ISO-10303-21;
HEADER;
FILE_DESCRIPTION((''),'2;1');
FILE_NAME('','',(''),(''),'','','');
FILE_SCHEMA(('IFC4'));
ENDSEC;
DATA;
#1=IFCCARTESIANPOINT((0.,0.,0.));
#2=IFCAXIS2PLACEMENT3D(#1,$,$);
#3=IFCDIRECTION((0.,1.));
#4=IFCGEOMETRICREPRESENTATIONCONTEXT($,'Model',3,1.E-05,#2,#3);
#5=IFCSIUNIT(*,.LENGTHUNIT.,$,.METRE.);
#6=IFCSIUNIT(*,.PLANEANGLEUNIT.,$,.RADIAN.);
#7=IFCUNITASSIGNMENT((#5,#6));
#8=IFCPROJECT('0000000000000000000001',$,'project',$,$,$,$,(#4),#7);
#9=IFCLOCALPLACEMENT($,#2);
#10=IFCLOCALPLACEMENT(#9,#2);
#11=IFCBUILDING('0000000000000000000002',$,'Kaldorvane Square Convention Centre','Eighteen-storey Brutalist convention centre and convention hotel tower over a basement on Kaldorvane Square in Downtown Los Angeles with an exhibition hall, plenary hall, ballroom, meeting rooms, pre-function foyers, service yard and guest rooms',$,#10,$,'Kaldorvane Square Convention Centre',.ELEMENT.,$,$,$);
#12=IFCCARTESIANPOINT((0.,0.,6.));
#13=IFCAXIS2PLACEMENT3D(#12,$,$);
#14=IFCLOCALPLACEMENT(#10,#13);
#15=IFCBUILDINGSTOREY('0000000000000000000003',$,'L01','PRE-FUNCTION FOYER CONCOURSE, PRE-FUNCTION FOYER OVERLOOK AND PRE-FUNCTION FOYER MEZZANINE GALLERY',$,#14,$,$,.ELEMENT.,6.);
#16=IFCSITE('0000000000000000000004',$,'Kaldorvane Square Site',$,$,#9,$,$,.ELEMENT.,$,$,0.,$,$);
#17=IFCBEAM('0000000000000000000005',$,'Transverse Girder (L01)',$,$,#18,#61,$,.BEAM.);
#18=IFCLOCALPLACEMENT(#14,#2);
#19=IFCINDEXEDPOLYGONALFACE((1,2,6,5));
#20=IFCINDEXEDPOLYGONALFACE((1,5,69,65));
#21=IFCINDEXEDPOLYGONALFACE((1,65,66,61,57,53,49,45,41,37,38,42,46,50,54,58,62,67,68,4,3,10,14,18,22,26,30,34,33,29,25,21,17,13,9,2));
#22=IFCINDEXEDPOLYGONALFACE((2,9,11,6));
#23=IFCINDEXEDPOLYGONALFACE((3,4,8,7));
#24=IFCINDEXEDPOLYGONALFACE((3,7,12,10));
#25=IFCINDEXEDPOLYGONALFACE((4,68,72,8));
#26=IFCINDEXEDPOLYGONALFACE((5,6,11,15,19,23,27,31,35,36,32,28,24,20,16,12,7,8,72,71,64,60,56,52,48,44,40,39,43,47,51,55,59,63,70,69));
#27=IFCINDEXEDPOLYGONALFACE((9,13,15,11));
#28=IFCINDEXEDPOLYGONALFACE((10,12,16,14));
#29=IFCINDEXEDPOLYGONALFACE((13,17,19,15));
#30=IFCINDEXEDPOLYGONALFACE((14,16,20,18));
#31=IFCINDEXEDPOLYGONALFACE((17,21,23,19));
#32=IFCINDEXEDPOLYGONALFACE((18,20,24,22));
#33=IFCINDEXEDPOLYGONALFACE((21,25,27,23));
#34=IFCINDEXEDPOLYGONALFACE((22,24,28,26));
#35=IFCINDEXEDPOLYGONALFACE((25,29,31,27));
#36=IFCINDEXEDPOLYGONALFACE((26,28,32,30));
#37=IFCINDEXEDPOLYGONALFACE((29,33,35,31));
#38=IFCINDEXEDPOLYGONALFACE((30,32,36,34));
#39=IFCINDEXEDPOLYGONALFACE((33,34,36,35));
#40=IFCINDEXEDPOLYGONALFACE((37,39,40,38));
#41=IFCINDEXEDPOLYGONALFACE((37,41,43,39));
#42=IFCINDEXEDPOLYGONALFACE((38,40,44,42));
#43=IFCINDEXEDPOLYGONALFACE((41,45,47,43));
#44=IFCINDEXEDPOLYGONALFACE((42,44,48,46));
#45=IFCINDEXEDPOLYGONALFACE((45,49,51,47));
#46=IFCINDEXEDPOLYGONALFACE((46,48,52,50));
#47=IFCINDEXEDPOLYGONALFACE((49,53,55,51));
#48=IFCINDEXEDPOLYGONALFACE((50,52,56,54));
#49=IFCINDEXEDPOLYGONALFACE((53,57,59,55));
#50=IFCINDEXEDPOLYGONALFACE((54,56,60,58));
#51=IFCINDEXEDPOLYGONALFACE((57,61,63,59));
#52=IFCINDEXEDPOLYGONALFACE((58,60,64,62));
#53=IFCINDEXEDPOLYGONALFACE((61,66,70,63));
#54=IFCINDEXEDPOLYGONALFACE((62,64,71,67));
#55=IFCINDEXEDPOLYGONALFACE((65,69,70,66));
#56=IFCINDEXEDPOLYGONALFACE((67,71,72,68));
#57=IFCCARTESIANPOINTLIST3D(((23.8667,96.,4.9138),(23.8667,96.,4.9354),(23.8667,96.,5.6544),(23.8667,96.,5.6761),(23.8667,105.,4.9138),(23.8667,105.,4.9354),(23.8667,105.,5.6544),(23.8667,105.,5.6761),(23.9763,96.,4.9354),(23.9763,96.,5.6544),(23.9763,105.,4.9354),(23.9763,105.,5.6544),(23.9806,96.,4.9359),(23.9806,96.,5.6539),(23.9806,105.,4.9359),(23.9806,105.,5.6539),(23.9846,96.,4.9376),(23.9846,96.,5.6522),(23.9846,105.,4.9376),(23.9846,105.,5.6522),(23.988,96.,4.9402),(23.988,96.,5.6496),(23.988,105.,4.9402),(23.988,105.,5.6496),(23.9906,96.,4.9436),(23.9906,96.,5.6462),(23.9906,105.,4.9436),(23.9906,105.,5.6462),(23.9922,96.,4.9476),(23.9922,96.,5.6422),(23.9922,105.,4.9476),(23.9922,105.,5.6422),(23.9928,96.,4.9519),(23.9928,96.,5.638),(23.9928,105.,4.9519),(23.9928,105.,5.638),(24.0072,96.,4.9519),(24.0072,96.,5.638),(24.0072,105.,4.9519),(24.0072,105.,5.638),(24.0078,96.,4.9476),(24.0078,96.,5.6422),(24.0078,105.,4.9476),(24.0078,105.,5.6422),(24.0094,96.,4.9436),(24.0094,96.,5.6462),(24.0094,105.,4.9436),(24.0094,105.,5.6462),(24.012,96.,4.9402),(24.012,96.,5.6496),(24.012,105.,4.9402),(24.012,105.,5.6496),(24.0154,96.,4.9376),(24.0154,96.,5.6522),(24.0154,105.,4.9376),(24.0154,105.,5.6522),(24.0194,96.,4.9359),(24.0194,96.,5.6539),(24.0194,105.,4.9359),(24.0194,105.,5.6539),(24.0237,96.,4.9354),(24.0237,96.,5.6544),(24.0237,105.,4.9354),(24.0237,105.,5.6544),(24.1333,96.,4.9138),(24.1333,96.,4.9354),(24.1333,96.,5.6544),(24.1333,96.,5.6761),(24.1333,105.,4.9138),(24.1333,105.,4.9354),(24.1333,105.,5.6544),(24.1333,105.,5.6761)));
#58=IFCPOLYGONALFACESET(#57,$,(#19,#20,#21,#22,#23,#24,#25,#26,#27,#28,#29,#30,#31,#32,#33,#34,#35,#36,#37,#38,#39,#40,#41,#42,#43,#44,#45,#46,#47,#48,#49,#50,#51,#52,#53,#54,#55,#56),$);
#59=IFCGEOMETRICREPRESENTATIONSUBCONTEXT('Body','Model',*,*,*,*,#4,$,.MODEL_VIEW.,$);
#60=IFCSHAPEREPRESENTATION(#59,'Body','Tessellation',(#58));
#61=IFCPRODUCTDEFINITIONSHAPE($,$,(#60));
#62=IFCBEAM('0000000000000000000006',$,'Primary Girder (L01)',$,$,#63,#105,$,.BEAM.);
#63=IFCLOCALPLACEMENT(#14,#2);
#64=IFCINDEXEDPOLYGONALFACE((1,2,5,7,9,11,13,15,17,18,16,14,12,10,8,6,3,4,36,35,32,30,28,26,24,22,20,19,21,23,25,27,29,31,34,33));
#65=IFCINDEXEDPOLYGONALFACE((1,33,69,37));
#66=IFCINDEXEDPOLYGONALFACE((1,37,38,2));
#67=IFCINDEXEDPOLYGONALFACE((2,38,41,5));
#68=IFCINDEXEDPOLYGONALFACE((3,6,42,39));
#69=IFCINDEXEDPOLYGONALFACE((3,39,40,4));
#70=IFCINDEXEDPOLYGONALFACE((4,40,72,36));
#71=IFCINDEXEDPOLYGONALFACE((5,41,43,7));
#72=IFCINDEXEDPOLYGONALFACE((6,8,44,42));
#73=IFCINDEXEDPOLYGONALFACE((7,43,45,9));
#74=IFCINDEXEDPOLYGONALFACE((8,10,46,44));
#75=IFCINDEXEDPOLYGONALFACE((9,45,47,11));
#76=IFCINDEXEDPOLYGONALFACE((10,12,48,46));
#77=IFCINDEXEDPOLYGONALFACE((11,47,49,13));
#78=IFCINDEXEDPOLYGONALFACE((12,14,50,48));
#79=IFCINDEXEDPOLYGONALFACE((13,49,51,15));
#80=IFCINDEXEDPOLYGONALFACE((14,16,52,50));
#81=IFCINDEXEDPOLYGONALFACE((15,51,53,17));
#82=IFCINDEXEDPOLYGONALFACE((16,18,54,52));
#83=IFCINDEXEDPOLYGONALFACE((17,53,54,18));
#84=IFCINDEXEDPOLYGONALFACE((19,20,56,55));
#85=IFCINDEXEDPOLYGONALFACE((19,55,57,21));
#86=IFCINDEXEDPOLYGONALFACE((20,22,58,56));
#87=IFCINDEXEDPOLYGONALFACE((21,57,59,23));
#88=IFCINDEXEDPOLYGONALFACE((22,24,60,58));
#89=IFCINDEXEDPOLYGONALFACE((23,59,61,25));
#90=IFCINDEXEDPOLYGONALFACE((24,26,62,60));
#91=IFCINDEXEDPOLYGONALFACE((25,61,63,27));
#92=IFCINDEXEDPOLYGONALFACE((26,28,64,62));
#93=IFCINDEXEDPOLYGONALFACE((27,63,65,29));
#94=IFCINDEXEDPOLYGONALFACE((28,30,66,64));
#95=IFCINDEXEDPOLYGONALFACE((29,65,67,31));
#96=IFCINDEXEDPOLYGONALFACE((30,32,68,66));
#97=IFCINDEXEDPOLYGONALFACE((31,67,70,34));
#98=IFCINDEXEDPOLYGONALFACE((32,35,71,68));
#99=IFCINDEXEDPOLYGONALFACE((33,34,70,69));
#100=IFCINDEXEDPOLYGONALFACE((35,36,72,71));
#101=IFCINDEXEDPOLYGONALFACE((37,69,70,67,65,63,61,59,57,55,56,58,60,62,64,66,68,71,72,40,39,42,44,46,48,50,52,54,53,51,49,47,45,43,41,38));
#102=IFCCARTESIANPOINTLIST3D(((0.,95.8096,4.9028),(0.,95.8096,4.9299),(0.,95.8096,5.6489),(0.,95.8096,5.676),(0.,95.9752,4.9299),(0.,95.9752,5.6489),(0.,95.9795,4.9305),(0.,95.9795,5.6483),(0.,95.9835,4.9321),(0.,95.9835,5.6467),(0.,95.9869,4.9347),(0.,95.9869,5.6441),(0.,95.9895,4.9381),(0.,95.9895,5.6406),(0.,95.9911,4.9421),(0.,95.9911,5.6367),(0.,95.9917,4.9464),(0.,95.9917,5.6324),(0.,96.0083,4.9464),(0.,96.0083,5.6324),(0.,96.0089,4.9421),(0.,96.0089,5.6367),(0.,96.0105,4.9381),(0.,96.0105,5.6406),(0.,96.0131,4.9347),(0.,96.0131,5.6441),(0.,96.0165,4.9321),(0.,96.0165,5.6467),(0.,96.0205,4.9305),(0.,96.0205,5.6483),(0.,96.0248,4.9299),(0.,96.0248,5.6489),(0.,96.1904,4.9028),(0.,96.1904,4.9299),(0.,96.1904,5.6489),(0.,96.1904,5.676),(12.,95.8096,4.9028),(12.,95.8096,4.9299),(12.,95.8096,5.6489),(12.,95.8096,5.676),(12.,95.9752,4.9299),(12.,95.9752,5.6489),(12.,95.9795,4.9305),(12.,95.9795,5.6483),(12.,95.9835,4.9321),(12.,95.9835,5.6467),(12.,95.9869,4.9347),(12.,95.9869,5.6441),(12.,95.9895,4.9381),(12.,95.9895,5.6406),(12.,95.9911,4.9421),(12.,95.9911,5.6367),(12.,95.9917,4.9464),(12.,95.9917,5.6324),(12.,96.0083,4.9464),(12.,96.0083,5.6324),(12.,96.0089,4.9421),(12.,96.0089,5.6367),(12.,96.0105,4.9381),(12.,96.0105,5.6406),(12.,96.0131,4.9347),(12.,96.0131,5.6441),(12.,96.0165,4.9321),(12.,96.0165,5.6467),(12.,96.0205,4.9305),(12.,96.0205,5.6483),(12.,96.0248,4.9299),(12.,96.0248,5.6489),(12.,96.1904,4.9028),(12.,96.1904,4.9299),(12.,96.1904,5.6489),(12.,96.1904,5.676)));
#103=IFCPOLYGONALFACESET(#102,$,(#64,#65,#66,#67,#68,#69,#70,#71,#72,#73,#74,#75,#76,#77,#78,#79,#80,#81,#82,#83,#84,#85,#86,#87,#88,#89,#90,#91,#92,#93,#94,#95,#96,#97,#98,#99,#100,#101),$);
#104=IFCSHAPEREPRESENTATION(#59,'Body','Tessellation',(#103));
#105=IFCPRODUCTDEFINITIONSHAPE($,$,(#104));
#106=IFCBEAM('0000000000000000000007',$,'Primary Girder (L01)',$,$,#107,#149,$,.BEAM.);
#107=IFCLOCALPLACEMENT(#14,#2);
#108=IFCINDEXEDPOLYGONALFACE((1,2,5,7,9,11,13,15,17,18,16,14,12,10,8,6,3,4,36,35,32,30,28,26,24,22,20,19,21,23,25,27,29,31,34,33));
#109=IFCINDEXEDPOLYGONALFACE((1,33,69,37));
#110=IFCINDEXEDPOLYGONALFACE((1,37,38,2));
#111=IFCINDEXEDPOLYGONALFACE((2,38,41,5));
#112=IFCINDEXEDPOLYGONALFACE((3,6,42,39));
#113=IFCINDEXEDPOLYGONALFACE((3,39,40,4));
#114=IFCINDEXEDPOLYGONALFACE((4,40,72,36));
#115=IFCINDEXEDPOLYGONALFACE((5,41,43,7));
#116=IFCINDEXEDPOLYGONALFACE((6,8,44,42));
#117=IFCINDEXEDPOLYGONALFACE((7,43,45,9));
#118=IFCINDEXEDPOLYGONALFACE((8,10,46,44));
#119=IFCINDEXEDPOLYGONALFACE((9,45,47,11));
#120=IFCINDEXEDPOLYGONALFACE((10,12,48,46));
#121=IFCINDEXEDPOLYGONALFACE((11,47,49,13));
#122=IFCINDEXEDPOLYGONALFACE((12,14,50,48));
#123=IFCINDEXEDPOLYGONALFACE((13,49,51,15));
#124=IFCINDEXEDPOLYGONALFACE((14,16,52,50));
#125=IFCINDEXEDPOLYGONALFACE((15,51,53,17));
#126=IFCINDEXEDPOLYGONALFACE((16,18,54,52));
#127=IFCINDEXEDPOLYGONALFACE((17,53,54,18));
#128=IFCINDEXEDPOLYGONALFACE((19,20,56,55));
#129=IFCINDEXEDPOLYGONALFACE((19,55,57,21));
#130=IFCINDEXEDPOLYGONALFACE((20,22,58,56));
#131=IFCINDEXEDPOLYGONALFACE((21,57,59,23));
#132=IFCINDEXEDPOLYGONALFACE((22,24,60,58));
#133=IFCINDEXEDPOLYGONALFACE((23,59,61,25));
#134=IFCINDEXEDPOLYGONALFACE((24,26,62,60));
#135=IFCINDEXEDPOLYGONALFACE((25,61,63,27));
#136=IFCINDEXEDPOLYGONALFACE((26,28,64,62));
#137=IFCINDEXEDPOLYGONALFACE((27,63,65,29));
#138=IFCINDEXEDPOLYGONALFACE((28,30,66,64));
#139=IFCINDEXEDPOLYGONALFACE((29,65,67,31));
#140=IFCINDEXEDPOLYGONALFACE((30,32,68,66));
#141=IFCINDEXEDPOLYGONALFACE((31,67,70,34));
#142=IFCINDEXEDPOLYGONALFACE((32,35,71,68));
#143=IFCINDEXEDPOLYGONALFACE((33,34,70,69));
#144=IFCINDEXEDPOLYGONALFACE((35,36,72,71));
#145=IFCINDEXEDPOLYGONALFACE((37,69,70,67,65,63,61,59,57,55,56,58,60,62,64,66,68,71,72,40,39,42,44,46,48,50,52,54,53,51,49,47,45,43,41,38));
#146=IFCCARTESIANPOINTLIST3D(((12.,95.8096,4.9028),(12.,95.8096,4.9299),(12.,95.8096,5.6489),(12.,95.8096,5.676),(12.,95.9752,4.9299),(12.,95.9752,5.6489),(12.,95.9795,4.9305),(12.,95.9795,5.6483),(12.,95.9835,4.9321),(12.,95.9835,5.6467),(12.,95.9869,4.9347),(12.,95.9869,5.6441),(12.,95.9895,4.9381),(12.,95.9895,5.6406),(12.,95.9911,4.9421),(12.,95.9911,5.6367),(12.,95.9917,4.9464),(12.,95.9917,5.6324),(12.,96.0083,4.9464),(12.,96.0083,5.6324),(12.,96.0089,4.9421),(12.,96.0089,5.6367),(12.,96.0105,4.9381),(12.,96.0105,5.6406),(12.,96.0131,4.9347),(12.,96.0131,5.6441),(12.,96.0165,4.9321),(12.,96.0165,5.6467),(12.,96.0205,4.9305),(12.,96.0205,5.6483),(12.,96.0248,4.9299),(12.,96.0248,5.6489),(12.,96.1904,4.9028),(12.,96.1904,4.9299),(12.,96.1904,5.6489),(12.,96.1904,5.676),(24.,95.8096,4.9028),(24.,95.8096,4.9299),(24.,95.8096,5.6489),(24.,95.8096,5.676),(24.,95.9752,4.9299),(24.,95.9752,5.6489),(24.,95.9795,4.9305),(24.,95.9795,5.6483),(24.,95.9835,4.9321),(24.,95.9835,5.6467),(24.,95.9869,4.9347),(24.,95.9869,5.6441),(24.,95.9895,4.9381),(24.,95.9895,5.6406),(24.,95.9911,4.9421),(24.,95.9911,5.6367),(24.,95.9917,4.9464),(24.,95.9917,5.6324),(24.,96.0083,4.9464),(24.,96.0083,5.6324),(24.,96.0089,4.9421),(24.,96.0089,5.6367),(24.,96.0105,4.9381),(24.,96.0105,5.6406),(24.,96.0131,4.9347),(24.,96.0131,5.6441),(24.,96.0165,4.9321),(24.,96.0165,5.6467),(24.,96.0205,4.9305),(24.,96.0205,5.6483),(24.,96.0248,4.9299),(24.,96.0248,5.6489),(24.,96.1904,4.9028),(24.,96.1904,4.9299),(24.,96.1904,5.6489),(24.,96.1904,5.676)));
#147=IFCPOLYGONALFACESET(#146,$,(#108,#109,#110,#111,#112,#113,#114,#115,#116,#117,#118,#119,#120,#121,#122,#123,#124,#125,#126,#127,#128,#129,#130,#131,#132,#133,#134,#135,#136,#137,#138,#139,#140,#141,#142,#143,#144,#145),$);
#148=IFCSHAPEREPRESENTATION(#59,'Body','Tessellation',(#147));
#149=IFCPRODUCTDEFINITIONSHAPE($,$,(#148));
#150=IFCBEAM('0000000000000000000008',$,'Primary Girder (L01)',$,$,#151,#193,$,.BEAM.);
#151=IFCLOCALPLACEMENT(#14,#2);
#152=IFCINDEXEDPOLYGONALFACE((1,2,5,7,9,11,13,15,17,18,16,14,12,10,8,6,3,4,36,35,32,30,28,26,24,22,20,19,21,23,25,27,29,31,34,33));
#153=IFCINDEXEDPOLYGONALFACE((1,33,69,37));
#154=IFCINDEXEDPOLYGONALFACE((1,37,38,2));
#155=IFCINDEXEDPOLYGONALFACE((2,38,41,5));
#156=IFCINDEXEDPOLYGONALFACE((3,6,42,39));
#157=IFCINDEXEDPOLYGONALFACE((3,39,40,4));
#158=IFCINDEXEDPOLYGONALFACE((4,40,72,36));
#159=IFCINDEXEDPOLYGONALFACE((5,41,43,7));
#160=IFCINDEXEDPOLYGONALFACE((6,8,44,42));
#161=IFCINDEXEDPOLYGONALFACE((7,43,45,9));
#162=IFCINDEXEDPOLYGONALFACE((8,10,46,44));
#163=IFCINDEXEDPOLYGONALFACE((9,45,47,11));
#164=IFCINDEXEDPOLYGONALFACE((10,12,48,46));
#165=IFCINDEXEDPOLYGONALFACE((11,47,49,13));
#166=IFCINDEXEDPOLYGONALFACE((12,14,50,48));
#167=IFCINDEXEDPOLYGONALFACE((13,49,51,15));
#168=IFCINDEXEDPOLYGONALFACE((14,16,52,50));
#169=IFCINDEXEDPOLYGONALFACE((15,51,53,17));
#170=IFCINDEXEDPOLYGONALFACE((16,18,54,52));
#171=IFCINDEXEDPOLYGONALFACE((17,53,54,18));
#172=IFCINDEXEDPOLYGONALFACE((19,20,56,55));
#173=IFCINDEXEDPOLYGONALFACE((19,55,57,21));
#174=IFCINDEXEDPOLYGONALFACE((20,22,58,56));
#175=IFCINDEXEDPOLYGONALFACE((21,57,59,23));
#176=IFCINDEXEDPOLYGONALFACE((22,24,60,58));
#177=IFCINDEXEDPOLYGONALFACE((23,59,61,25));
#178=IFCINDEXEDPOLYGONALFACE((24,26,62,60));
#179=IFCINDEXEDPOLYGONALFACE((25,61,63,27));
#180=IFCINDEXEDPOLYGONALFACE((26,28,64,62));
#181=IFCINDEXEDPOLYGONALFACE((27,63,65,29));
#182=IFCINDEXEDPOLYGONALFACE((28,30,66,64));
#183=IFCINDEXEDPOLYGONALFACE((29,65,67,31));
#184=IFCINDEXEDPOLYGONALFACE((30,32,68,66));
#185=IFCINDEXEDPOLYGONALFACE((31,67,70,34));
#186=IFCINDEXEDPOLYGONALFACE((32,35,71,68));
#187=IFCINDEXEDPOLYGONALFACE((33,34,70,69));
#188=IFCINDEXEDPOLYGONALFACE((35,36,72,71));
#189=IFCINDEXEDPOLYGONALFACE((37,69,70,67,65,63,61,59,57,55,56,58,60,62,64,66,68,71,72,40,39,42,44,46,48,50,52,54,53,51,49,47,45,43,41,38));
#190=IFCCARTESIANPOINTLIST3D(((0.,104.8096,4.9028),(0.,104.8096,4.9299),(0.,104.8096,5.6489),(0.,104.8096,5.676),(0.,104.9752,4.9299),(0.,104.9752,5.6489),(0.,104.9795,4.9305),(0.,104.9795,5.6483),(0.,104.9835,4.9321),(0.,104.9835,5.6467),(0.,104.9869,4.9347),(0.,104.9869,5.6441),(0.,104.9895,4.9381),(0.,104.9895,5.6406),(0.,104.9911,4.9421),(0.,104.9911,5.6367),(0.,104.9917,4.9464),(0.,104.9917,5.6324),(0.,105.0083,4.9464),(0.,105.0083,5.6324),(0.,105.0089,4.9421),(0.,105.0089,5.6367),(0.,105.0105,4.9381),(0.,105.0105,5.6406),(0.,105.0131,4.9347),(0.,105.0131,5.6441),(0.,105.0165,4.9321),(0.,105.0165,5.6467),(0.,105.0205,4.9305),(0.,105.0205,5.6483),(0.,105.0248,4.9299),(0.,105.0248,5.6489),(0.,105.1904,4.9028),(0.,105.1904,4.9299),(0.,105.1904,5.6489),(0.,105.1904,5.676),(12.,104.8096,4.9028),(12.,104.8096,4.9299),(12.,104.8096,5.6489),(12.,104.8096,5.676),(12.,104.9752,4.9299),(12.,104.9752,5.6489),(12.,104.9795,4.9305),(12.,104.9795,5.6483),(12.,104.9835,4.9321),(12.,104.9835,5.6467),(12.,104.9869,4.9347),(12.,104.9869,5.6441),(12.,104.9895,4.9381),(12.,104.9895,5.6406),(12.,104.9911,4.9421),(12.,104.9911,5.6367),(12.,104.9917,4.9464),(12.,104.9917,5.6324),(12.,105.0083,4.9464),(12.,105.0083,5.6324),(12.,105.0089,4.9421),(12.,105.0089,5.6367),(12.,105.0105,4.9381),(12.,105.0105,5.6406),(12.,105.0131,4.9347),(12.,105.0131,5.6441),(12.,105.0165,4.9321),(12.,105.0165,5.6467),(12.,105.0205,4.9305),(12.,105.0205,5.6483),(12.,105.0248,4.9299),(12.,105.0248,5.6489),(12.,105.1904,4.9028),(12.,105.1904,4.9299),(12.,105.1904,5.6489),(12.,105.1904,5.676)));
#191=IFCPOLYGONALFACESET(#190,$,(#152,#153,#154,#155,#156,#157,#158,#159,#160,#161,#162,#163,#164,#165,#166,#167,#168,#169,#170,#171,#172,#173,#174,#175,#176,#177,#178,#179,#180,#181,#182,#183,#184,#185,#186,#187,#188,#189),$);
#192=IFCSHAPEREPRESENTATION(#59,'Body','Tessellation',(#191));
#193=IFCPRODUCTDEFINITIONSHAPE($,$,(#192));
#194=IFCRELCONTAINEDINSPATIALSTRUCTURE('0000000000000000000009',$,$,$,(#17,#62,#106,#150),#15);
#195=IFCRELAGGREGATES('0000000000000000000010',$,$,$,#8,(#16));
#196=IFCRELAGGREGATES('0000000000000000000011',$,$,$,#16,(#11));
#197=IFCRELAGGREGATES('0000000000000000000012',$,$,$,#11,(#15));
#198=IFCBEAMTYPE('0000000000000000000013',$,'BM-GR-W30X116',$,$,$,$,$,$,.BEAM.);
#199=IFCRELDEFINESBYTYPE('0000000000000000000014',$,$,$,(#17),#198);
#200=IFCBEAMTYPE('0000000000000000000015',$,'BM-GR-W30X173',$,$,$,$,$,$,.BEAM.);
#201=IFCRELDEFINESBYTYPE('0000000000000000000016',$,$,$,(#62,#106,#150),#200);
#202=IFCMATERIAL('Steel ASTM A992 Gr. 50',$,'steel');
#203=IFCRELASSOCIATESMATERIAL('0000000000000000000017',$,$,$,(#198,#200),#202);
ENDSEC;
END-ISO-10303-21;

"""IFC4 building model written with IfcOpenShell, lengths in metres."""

from ifc_helpers import new_model, si_unit, direction, frame, origin, origin_2d, place, context, subcontext, project, spatial, i_section, extrude, material, material_profile, profile_set, type_object, element, save


model = new_model("IFC4")

# Units and contexts
model_context = context("Model", 3, precision=1e-05, world=origin(), true_north=direction((0.0, 1.0)))
body_context = subcontext(model_context, "Body", "Model", "MODEL_VIEW")
ifc_project = project(units=[si_unit("LENGTHUNIT", "METRE"), si_unit("PLANEANGLEUNIT", "RADIAN")], contexts=[model_context])

# Site, building, storey
site_placement = place(None, origin())
site = spatial("IfcSite", under=ifc_project, at=site_placement, Name="Kaldorvane Square Site", CompositionType="ELEMENT", RefElevation=0.0)
building_placement = place(site_placement, origin())
building = spatial("IfcBuilding", under=site, at=building_placement, Name="Kaldorvane Square Convention Centre", Description="Eighteen-storey Brutalist convention centre and convention hotel tower over a basement on Kaldorvane Square in Downtown Los Angeles with an exhibition hall, plenary hall, ballroom, meeting rooms, pre-function foyers, service yard and guest rooms", LongName="Kaldorvane Square Convention Centre", CompositionType="ELEMENT")
storey_placement = place(building_placement, frame((0.0, 0.0, 6.0)))
storey = spatial("IfcBuildingStorey", under=building, at=storey_placement, Name="L01", Description="PRE-FUNCTION FOYER CONCOURSE, PRE-FUNCTION FOYER OVERLOOK AND PRE-FUNCTION FOYER MEZZANINE GALLERY", CompositionType="ELEMENT", Elevation=6.0)

# Shared definitions
ifc_material_1 = material(Name="Steel ASTM A992 Gr. 50", Category="steel")

# Beams
ifc_material_profile_1 = material_profile(ifc_material_1, i_section(OverallWidth=0.2666, OverallDepth=0.7623, WebThickness=0.0144, FlangeThickness=0.0216, FilletRadius=0.0165, at=origin_2d()), Name="W30X116")
ifc_profile_set_1 = profile_set([ifc_material_profile_1], Name="Steel ASTM A992 Gr. 50")
beam_type_1 = type_object("IfcBeamType", Name="BM-GR-W30X116", PredefinedType="BEAM", material=ifc_profile_set_1)
for number, where, z_axis, x_axis, name in (
    (1, (24.0, 96.0, 5.2949), (0.0, 1.0, 0.0), (-1.0, 0.0, 0.0), "Transverse Girder (L01)"),
):
    element("IfcBeam", number, at=place(storey_placement, frame(where, z_axis=z_axis, x_axis=x_axis)), inside=storey, type_object=beam_type_1, Name=name, PredefinedType="BEAM", context=body_context, shape_type="SweptSolid", body=[
        extrude(i_section(OverallWidth=0.2666, OverallDepth=0.7623, WebThickness=0.0144, FlangeThickness=0.0216, FilletRadius=0.0165, at=origin_2d()), origin(), (0.0, 0.0, 1.0), 9.0),
    ])
ifc_material_profile_2 = material_profile(ifc_material_1, i_section(OverallWidth=0.3807, OverallDepth=0.7732, WebThickness=0.0166, FlangeThickness=0.0271, FilletRadius=0.0165, at=origin_2d()), Name="W30X173")
ifc_profile_set_2 = profile_set([ifc_material_profile_2], Name="Steel ASTM A992 Gr. 50")
beam_type_2 = type_object("IfcBeamType", Name="BM-GR-W30X173", PredefinedType="BEAM", material=ifc_profile_set_2)
for number, where, z_axis, x_axis, name in (
    (2, (0.0, 96.0, 5.2894), (1.0, 0.0, 0.0), (0.0, 1.0, 0.0), "Primary Girder (L01)"),
    (3, (12.0, 96.0, 5.2894), (1.0, 0.0, 0.0), (0.0, 1.0, 0.0), "Primary Girder (L01)"),
    (4, (0.0, 105.0, 5.2894), (1.0, 0.0, 0.0), (0.0, 1.0, 0.0), "Primary Girder (L01)"),
):
    element("IfcBeam", number, at=place(storey_placement, frame(where, z_axis=z_axis, x_axis=x_axis)), inside=storey, type_object=beam_type_2, Name=name, PredefinedType="BEAM", context=body_context, shape_type="SweptSolid", body=[
        extrude(i_section(OverallWidth=0.3807, OverallDepth=0.7732, WebThickness=0.0166, FlangeThickness=0.0271, FilletRadius=0.0165, at=origin_2d()), origin(), (0.0, 0.0, 1.0), 12.0),
    ])

save(model, "model.ifc")
